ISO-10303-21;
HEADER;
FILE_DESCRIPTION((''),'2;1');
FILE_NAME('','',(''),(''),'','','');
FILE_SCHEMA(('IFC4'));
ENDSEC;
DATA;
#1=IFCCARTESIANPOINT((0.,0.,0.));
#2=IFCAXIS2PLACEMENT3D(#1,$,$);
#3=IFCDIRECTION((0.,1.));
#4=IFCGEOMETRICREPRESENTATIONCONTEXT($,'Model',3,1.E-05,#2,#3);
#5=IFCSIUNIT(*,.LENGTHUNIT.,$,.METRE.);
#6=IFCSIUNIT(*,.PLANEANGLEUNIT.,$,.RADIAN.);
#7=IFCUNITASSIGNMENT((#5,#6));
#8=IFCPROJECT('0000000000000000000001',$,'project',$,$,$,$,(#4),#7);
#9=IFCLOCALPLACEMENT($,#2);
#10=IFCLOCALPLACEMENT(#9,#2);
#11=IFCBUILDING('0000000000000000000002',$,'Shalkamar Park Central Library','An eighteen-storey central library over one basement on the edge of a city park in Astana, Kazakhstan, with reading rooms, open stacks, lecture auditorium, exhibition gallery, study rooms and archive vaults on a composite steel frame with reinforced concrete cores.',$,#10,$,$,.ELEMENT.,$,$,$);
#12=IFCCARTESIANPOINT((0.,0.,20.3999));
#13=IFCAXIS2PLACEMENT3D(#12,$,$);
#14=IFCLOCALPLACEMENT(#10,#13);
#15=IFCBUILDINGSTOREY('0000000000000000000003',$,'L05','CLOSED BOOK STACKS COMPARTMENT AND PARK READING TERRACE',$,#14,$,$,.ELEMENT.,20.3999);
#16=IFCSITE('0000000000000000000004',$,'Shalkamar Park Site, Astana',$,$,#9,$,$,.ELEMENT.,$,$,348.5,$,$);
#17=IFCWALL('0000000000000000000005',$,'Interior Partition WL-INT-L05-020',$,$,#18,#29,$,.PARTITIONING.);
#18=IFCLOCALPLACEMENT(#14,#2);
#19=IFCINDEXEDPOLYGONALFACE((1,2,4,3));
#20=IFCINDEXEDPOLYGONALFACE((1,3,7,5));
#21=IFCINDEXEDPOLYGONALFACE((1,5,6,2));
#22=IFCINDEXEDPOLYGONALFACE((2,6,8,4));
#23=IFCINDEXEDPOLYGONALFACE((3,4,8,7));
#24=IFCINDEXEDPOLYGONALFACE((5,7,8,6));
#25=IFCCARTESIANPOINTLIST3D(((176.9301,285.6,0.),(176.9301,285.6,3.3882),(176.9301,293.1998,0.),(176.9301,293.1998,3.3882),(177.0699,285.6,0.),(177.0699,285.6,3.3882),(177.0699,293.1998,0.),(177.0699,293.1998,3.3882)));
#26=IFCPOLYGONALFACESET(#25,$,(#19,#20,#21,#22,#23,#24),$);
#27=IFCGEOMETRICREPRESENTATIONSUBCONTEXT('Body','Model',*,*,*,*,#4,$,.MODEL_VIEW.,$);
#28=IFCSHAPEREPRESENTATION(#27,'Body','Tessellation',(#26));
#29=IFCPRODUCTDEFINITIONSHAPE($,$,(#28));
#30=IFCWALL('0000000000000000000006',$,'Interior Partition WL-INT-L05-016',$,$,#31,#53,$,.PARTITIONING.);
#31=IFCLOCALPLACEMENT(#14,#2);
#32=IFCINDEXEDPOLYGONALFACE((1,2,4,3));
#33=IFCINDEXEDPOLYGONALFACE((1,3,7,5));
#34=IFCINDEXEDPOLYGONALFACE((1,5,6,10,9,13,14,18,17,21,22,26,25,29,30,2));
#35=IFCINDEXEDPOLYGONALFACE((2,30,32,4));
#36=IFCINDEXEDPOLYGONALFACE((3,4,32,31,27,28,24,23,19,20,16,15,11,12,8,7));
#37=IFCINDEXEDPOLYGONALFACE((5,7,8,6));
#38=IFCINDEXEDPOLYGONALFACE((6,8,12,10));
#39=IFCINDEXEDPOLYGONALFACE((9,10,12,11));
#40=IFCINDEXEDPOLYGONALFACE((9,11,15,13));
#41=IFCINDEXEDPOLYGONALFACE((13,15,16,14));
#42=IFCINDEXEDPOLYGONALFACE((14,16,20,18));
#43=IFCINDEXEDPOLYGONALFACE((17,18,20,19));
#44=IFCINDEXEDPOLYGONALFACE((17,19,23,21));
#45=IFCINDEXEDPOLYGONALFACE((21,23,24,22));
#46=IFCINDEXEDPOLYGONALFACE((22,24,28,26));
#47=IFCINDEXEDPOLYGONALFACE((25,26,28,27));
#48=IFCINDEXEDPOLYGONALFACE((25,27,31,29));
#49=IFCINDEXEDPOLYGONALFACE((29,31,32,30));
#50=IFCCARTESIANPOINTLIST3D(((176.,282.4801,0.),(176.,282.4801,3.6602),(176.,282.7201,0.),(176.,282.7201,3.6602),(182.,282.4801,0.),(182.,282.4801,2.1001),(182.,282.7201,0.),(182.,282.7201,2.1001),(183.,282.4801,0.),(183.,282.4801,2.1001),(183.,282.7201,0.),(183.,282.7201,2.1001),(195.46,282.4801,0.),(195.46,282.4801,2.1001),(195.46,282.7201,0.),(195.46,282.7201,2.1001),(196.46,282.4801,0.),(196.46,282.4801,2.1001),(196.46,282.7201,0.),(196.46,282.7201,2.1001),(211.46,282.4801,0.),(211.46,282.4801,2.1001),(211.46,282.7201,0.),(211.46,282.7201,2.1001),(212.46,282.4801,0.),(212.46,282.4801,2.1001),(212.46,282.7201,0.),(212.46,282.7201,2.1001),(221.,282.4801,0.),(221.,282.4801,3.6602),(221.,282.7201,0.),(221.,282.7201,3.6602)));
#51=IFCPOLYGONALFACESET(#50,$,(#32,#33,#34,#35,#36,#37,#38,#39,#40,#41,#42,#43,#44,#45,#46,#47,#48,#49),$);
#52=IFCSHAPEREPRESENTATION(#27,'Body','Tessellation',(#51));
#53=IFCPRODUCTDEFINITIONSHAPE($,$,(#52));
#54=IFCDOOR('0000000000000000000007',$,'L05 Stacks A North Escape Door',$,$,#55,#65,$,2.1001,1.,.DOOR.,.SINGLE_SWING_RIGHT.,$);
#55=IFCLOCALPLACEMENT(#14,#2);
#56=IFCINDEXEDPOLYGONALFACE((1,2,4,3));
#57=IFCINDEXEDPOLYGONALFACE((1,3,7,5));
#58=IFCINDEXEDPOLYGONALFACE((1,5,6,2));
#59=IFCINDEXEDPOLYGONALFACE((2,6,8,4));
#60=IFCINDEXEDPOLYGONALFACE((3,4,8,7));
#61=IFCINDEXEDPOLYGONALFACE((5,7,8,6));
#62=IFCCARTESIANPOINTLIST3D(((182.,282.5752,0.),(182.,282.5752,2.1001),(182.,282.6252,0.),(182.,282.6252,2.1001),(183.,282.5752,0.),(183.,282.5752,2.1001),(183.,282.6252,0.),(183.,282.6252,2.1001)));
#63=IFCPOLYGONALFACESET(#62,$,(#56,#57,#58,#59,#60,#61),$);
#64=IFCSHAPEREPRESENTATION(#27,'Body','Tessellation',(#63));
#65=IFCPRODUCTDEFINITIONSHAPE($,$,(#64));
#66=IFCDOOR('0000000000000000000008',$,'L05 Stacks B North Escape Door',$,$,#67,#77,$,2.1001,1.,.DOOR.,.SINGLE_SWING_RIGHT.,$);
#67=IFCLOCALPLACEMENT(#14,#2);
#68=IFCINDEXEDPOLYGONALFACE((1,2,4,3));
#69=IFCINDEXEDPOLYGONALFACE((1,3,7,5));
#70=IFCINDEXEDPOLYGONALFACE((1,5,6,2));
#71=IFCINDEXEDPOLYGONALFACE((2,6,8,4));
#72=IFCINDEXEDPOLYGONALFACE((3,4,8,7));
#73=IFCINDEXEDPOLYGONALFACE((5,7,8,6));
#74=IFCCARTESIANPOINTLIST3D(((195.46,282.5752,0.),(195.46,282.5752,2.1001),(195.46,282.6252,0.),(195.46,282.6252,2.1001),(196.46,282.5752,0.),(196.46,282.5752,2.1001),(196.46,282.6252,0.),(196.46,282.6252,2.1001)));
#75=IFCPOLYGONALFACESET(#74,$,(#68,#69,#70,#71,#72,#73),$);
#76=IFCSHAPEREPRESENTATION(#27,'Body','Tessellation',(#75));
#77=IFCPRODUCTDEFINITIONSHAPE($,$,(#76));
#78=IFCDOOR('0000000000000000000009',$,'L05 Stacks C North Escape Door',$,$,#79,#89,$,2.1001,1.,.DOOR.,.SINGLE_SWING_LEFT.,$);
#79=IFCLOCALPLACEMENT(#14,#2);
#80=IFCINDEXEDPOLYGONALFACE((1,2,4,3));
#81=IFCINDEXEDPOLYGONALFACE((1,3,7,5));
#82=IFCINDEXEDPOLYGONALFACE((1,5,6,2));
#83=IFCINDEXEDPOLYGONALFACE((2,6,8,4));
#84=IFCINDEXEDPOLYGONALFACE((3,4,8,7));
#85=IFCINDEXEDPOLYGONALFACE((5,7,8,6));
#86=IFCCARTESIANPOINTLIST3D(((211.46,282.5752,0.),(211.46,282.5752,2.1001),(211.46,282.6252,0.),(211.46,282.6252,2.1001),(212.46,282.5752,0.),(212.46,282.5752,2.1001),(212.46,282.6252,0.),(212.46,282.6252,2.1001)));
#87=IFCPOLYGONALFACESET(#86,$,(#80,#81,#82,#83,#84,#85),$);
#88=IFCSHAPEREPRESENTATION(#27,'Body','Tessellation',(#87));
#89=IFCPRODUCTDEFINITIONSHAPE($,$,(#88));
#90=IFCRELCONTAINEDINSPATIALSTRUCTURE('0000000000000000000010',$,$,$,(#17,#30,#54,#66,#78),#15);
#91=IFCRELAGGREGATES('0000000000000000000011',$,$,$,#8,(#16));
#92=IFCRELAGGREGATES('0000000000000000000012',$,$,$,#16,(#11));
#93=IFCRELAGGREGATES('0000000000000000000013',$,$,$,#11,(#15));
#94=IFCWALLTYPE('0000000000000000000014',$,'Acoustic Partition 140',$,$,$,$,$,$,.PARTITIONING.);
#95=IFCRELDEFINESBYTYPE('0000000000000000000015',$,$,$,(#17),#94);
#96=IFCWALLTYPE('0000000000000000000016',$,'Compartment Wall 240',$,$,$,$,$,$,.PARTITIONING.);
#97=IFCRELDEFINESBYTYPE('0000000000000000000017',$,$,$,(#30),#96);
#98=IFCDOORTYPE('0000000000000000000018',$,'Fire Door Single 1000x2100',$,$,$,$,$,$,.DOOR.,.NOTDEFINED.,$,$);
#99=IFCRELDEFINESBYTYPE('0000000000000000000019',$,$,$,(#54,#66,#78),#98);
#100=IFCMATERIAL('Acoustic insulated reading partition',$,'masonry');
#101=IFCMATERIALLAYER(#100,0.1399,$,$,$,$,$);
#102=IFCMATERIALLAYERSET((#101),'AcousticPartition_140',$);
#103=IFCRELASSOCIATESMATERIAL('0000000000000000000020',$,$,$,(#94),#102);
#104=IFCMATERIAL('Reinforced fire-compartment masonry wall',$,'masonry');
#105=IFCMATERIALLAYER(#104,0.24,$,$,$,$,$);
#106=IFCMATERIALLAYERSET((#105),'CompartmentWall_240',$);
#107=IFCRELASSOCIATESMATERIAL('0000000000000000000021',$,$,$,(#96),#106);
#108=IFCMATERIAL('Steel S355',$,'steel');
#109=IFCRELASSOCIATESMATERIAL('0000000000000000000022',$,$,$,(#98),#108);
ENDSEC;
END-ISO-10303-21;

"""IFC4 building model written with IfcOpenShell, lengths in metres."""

from ifc_helpers import new_model, si_unit, direction, frame, frame_2d, origin, place, context, subcontext, project, spatial, rectangle, extrude, material, layer, layer_set, type_object, element, fill, save


model = new_model("IFC4")

# Units and contexts
model_context = context("Model", 3, precision=1e-05, world=origin(), true_north=direction((0.0, 1.0)))
body_context = subcontext(model_context, "Body", "Model", "MODEL_VIEW")
ifc_project = project(units=[si_unit("LENGTHUNIT", "METRE"), si_unit("PLANEANGLEUNIT", "RADIAN")], contexts=[model_context])

# Site, building, storey
site_placement = place(None, origin())
site = spatial("IfcSite", under=ifc_project, at=site_placement, Name="Shalkamar Park Site, Astana", CompositionType="ELEMENT", RefElevation=348.5)
building_placement = place(site_placement, origin())
building = spatial("IfcBuilding", under=site, at=building_placement, Name="Shalkamar Park Central Library", Description="An eighteen-storey central library over one basement on the edge of a city park in Astana, Kazakhstan, with reading rooms, open stacks, lecture auditorium, exhibition gallery, study rooms and archive vaults on a composite steel frame with reinforced concrete cores.", CompositionType="ELEMENT")
storey_placement = place(building_placement, frame((0.0, 0.0, 20.3999)))
storey = spatial("IfcBuildingStorey", under=building, at=storey_placement, Name="L05", Description="CLOSED BOOK STACKS COMPARTMENT AND PARK READING TERRACE", CompositionType="ELEMENT", Elevation=20.3999)

# Shared definitions
ifc_material_1 = material(Name="Steel S355", Category="steel")

# Shared definitions
ifc_material_2 = material(Name="Acoustic insulated reading partition", Category="masonry")
ifc_layer_1 = layer(ifc_material_2, 0.1399)
ifc_layer_set_1 = layer_set([ifc_layer_1], Name="AcousticPartition_140")
wall_type_1 = type_object("IfcWallType", Name="Acoustic Partition 140", PredefinedType="PARTITIONING", material=ifc_layer_set_1)

# Wall
wall_1_placement = place(storey_placement, frame((177.0, 285.6001, 0.0), z_axis=(0.0, 0.0, 1.0), x_axis=(0.0, 1.0, 0.0)))
element("IfcWall", 1, at=wall_1_placement, inside=storey, type_object=wall_type_1, Name="Interior Partition WL-INT-L05-020", PredefinedType="PARTITIONING", context=body_context, shape_type="SweptSolid", body=[
    extrude(rectangle(XDim=7.5999, YDim=0.1399, at=frame_2d((3.7998, 0.0))), origin(), (0.0, 0.0, 1.0), 3.3882),
])

# Wall, openings, doors
ifc_material_3 = material(Name="Reinforced fire-compartment masonry wall", Category="masonry")
ifc_layer_2 = layer(ifc_material_3, 0.24)
ifc_layer_set_2 = layer_set([ifc_layer_2], Name="CompartmentWall_240")
wall_type_2 = type_object("IfcWallType", Name="Compartment Wall 240", PredefinedType="PARTITIONING", material=ifc_layer_set_2)
wall_2_placement = place(storey_placement, frame((176.0, 282.6001, 0.0), z_axis=(0.0, 0.0, 1.0), x_axis=(1.0, 0.0, 0.0)))
wall_2 = element("IfcWall", 2, at=wall_2_placement, inside=storey, type_object=wall_type_2, Name="Interior Partition WL-INT-L05-016", PredefinedType="PARTITIONING", context=body_context, shape_type="SweptSolid", body=[
    extrude(rectangle(XDim=45.0, YDim=0.24, at=frame_2d((22.5, 0.0))), origin(), (0.0, 0.0, 1.0), 3.6602),
])
opening_1_placement = place(wall_2_placement, frame((6.0, 0.0, 0.0)))
opening_1 = element("IfcOpeningElement", 3, at=opening_1_placement, cuts=wall_2, PredefinedType="OPENING", context=body_context, shape_type="SweptSolid", body=[
    extrude(rectangle(XDim=1.0, YDim=2.1001, at=frame_2d((0.5, 1.05))), frame((0.0, 0.1348, 0.0), z_axis=(0.0, -1.0, 0.0), x_axis=(1.0, 0.0, 0.0)), (0.0, 0.0, 1.0), 0.2698),
])
opening_2_placement = place(wall_2_placement, frame((19.46, 0.0, 0.0)))
opening_2 = element("IfcOpeningElement", 4, at=opening_2_placement, cuts=wall_2, PredefinedType="OPENING", context=body_context, shape_type="SweptSolid", body=[
    extrude(rectangle(XDim=1.0, YDim=2.1001, at=frame_2d((0.5, 1.05))), frame((0.0, 0.1348, 0.0), z_axis=(0.0, -1.0, 0.0), x_axis=(1.0, 0.0, 0.0)), (0.0, 0.0, 1.0), 0.2698),
])
opening_3_placement = place(wall_2_placement, frame((35.46, 0.0, 0.0)))
opening_3 = element("IfcOpeningElement", 5, at=opening_3_placement, cuts=wall_2, PredefinedType="OPENING", context=body_context, shape_type="SweptSolid", body=[
    extrude(rectangle(XDim=1.0, YDim=2.1001, at=frame_2d((0.5, 1.05))), frame((0.0, 0.1348, 0.0), z_axis=(0.0, -1.0, 0.0), x_axis=(1.0, 0.0, 0.0)), (0.0, 0.0, 1.0), 0.2698),
])
door_type_1 = type_object("IfcDoorType", Name="Fire Door Single 1000x2100", OperationType="NOTDEFINED", PredefinedType="DOOR", material=ifc_material_1)
door_1_placement = place(opening_1_placement, frame((1.0, 0.0, 0.0), z_axis=(0.0, 0.0, 1.0), x_axis=(-1.0, 0.0, 0.0)))
door_1 = element("IfcDoor", 6, at=door_1_placement, inside=storey, type_object=door_type_1, Name="L05 Stacks A North Escape Door", OperationType="SINGLE_SWING_RIGHT", OverallHeight=2.1001, OverallWidth=1.0, PredefinedType="DOOR", context=body_context, shape_type="SweptSolid", body=[
    extrude(rectangle(XDim=1.0, YDim=2.1001, at=frame_2d((0.5, 1.05))), frame((0.0, 0.0249, 0.0), z_axis=(0.0, -1.0, 0.0), x_axis=(1.0, 0.0, 0.0)), (0.0, 0.0, 1.0), 0.05),
])
fill(opening_1, door_1)
door_2_placement = place(opening_2_placement, frame((1.0, 0.0, 0.0), z_axis=(0.0, 0.0, 1.0), x_axis=(-1.0, 0.0, 0.0)))
door_2 = element("IfcDoor", 7, at=door_2_placement, inside=storey, type_object=door_type_1, Name="L05 Stacks B North Escape Door", OperationType="SINGLE_SWING_RIGHT", OverallHeight=2.1001, OverallWidth=1.0, PredefinedType="DOOR", context=body_context, shape_type="SweptSolid", body=[
    extrude(rectangle(XDim=1.0, YDim=2.1001, at=frame_2d((0.5, 1.05))), frame((0.0, 0.0249, 0.0), z_axis=(0.0, -1.0, 0.0), x_axis=(1.0, 0.0, 0.0)), (0.0, 0.0, 1.0), 0.05),
])
fill(opening_2, door_2)
door_3_placement = place(opening_3_placement, frame((1.0, 0.0, 0.0), z_axis=(0.0, 0.0, 1.0), x_axis=(-1.0, 0.0, 0.0)))
door_3 = element("IfcDoor", 8, at=door_3_placement, inside=storey, type_object=door_type_1, Name="L05 Stacks C North Escape Door", OperationType="SINGLE_SWING_LEFT", OverallHeight=2.1001, OverallWidth=1.0, PredefinedType="DOOR", context=body_context, shape_type="SweptSolid", body=[
    extrude(rectangle(XDim=1.0, YDim=2.1001, at=frame_2d((0.5, 1.05))), frame((0.0, 0.0249, 0.0), z_axis=(0.0, -1.0, 0.0), x_axis=(1.0, 0.0, 0.0)), (0.0, 0.0, 1.0), 0.05),
])
fill(opening_3, door_3)

save(model, "model.ifc")
